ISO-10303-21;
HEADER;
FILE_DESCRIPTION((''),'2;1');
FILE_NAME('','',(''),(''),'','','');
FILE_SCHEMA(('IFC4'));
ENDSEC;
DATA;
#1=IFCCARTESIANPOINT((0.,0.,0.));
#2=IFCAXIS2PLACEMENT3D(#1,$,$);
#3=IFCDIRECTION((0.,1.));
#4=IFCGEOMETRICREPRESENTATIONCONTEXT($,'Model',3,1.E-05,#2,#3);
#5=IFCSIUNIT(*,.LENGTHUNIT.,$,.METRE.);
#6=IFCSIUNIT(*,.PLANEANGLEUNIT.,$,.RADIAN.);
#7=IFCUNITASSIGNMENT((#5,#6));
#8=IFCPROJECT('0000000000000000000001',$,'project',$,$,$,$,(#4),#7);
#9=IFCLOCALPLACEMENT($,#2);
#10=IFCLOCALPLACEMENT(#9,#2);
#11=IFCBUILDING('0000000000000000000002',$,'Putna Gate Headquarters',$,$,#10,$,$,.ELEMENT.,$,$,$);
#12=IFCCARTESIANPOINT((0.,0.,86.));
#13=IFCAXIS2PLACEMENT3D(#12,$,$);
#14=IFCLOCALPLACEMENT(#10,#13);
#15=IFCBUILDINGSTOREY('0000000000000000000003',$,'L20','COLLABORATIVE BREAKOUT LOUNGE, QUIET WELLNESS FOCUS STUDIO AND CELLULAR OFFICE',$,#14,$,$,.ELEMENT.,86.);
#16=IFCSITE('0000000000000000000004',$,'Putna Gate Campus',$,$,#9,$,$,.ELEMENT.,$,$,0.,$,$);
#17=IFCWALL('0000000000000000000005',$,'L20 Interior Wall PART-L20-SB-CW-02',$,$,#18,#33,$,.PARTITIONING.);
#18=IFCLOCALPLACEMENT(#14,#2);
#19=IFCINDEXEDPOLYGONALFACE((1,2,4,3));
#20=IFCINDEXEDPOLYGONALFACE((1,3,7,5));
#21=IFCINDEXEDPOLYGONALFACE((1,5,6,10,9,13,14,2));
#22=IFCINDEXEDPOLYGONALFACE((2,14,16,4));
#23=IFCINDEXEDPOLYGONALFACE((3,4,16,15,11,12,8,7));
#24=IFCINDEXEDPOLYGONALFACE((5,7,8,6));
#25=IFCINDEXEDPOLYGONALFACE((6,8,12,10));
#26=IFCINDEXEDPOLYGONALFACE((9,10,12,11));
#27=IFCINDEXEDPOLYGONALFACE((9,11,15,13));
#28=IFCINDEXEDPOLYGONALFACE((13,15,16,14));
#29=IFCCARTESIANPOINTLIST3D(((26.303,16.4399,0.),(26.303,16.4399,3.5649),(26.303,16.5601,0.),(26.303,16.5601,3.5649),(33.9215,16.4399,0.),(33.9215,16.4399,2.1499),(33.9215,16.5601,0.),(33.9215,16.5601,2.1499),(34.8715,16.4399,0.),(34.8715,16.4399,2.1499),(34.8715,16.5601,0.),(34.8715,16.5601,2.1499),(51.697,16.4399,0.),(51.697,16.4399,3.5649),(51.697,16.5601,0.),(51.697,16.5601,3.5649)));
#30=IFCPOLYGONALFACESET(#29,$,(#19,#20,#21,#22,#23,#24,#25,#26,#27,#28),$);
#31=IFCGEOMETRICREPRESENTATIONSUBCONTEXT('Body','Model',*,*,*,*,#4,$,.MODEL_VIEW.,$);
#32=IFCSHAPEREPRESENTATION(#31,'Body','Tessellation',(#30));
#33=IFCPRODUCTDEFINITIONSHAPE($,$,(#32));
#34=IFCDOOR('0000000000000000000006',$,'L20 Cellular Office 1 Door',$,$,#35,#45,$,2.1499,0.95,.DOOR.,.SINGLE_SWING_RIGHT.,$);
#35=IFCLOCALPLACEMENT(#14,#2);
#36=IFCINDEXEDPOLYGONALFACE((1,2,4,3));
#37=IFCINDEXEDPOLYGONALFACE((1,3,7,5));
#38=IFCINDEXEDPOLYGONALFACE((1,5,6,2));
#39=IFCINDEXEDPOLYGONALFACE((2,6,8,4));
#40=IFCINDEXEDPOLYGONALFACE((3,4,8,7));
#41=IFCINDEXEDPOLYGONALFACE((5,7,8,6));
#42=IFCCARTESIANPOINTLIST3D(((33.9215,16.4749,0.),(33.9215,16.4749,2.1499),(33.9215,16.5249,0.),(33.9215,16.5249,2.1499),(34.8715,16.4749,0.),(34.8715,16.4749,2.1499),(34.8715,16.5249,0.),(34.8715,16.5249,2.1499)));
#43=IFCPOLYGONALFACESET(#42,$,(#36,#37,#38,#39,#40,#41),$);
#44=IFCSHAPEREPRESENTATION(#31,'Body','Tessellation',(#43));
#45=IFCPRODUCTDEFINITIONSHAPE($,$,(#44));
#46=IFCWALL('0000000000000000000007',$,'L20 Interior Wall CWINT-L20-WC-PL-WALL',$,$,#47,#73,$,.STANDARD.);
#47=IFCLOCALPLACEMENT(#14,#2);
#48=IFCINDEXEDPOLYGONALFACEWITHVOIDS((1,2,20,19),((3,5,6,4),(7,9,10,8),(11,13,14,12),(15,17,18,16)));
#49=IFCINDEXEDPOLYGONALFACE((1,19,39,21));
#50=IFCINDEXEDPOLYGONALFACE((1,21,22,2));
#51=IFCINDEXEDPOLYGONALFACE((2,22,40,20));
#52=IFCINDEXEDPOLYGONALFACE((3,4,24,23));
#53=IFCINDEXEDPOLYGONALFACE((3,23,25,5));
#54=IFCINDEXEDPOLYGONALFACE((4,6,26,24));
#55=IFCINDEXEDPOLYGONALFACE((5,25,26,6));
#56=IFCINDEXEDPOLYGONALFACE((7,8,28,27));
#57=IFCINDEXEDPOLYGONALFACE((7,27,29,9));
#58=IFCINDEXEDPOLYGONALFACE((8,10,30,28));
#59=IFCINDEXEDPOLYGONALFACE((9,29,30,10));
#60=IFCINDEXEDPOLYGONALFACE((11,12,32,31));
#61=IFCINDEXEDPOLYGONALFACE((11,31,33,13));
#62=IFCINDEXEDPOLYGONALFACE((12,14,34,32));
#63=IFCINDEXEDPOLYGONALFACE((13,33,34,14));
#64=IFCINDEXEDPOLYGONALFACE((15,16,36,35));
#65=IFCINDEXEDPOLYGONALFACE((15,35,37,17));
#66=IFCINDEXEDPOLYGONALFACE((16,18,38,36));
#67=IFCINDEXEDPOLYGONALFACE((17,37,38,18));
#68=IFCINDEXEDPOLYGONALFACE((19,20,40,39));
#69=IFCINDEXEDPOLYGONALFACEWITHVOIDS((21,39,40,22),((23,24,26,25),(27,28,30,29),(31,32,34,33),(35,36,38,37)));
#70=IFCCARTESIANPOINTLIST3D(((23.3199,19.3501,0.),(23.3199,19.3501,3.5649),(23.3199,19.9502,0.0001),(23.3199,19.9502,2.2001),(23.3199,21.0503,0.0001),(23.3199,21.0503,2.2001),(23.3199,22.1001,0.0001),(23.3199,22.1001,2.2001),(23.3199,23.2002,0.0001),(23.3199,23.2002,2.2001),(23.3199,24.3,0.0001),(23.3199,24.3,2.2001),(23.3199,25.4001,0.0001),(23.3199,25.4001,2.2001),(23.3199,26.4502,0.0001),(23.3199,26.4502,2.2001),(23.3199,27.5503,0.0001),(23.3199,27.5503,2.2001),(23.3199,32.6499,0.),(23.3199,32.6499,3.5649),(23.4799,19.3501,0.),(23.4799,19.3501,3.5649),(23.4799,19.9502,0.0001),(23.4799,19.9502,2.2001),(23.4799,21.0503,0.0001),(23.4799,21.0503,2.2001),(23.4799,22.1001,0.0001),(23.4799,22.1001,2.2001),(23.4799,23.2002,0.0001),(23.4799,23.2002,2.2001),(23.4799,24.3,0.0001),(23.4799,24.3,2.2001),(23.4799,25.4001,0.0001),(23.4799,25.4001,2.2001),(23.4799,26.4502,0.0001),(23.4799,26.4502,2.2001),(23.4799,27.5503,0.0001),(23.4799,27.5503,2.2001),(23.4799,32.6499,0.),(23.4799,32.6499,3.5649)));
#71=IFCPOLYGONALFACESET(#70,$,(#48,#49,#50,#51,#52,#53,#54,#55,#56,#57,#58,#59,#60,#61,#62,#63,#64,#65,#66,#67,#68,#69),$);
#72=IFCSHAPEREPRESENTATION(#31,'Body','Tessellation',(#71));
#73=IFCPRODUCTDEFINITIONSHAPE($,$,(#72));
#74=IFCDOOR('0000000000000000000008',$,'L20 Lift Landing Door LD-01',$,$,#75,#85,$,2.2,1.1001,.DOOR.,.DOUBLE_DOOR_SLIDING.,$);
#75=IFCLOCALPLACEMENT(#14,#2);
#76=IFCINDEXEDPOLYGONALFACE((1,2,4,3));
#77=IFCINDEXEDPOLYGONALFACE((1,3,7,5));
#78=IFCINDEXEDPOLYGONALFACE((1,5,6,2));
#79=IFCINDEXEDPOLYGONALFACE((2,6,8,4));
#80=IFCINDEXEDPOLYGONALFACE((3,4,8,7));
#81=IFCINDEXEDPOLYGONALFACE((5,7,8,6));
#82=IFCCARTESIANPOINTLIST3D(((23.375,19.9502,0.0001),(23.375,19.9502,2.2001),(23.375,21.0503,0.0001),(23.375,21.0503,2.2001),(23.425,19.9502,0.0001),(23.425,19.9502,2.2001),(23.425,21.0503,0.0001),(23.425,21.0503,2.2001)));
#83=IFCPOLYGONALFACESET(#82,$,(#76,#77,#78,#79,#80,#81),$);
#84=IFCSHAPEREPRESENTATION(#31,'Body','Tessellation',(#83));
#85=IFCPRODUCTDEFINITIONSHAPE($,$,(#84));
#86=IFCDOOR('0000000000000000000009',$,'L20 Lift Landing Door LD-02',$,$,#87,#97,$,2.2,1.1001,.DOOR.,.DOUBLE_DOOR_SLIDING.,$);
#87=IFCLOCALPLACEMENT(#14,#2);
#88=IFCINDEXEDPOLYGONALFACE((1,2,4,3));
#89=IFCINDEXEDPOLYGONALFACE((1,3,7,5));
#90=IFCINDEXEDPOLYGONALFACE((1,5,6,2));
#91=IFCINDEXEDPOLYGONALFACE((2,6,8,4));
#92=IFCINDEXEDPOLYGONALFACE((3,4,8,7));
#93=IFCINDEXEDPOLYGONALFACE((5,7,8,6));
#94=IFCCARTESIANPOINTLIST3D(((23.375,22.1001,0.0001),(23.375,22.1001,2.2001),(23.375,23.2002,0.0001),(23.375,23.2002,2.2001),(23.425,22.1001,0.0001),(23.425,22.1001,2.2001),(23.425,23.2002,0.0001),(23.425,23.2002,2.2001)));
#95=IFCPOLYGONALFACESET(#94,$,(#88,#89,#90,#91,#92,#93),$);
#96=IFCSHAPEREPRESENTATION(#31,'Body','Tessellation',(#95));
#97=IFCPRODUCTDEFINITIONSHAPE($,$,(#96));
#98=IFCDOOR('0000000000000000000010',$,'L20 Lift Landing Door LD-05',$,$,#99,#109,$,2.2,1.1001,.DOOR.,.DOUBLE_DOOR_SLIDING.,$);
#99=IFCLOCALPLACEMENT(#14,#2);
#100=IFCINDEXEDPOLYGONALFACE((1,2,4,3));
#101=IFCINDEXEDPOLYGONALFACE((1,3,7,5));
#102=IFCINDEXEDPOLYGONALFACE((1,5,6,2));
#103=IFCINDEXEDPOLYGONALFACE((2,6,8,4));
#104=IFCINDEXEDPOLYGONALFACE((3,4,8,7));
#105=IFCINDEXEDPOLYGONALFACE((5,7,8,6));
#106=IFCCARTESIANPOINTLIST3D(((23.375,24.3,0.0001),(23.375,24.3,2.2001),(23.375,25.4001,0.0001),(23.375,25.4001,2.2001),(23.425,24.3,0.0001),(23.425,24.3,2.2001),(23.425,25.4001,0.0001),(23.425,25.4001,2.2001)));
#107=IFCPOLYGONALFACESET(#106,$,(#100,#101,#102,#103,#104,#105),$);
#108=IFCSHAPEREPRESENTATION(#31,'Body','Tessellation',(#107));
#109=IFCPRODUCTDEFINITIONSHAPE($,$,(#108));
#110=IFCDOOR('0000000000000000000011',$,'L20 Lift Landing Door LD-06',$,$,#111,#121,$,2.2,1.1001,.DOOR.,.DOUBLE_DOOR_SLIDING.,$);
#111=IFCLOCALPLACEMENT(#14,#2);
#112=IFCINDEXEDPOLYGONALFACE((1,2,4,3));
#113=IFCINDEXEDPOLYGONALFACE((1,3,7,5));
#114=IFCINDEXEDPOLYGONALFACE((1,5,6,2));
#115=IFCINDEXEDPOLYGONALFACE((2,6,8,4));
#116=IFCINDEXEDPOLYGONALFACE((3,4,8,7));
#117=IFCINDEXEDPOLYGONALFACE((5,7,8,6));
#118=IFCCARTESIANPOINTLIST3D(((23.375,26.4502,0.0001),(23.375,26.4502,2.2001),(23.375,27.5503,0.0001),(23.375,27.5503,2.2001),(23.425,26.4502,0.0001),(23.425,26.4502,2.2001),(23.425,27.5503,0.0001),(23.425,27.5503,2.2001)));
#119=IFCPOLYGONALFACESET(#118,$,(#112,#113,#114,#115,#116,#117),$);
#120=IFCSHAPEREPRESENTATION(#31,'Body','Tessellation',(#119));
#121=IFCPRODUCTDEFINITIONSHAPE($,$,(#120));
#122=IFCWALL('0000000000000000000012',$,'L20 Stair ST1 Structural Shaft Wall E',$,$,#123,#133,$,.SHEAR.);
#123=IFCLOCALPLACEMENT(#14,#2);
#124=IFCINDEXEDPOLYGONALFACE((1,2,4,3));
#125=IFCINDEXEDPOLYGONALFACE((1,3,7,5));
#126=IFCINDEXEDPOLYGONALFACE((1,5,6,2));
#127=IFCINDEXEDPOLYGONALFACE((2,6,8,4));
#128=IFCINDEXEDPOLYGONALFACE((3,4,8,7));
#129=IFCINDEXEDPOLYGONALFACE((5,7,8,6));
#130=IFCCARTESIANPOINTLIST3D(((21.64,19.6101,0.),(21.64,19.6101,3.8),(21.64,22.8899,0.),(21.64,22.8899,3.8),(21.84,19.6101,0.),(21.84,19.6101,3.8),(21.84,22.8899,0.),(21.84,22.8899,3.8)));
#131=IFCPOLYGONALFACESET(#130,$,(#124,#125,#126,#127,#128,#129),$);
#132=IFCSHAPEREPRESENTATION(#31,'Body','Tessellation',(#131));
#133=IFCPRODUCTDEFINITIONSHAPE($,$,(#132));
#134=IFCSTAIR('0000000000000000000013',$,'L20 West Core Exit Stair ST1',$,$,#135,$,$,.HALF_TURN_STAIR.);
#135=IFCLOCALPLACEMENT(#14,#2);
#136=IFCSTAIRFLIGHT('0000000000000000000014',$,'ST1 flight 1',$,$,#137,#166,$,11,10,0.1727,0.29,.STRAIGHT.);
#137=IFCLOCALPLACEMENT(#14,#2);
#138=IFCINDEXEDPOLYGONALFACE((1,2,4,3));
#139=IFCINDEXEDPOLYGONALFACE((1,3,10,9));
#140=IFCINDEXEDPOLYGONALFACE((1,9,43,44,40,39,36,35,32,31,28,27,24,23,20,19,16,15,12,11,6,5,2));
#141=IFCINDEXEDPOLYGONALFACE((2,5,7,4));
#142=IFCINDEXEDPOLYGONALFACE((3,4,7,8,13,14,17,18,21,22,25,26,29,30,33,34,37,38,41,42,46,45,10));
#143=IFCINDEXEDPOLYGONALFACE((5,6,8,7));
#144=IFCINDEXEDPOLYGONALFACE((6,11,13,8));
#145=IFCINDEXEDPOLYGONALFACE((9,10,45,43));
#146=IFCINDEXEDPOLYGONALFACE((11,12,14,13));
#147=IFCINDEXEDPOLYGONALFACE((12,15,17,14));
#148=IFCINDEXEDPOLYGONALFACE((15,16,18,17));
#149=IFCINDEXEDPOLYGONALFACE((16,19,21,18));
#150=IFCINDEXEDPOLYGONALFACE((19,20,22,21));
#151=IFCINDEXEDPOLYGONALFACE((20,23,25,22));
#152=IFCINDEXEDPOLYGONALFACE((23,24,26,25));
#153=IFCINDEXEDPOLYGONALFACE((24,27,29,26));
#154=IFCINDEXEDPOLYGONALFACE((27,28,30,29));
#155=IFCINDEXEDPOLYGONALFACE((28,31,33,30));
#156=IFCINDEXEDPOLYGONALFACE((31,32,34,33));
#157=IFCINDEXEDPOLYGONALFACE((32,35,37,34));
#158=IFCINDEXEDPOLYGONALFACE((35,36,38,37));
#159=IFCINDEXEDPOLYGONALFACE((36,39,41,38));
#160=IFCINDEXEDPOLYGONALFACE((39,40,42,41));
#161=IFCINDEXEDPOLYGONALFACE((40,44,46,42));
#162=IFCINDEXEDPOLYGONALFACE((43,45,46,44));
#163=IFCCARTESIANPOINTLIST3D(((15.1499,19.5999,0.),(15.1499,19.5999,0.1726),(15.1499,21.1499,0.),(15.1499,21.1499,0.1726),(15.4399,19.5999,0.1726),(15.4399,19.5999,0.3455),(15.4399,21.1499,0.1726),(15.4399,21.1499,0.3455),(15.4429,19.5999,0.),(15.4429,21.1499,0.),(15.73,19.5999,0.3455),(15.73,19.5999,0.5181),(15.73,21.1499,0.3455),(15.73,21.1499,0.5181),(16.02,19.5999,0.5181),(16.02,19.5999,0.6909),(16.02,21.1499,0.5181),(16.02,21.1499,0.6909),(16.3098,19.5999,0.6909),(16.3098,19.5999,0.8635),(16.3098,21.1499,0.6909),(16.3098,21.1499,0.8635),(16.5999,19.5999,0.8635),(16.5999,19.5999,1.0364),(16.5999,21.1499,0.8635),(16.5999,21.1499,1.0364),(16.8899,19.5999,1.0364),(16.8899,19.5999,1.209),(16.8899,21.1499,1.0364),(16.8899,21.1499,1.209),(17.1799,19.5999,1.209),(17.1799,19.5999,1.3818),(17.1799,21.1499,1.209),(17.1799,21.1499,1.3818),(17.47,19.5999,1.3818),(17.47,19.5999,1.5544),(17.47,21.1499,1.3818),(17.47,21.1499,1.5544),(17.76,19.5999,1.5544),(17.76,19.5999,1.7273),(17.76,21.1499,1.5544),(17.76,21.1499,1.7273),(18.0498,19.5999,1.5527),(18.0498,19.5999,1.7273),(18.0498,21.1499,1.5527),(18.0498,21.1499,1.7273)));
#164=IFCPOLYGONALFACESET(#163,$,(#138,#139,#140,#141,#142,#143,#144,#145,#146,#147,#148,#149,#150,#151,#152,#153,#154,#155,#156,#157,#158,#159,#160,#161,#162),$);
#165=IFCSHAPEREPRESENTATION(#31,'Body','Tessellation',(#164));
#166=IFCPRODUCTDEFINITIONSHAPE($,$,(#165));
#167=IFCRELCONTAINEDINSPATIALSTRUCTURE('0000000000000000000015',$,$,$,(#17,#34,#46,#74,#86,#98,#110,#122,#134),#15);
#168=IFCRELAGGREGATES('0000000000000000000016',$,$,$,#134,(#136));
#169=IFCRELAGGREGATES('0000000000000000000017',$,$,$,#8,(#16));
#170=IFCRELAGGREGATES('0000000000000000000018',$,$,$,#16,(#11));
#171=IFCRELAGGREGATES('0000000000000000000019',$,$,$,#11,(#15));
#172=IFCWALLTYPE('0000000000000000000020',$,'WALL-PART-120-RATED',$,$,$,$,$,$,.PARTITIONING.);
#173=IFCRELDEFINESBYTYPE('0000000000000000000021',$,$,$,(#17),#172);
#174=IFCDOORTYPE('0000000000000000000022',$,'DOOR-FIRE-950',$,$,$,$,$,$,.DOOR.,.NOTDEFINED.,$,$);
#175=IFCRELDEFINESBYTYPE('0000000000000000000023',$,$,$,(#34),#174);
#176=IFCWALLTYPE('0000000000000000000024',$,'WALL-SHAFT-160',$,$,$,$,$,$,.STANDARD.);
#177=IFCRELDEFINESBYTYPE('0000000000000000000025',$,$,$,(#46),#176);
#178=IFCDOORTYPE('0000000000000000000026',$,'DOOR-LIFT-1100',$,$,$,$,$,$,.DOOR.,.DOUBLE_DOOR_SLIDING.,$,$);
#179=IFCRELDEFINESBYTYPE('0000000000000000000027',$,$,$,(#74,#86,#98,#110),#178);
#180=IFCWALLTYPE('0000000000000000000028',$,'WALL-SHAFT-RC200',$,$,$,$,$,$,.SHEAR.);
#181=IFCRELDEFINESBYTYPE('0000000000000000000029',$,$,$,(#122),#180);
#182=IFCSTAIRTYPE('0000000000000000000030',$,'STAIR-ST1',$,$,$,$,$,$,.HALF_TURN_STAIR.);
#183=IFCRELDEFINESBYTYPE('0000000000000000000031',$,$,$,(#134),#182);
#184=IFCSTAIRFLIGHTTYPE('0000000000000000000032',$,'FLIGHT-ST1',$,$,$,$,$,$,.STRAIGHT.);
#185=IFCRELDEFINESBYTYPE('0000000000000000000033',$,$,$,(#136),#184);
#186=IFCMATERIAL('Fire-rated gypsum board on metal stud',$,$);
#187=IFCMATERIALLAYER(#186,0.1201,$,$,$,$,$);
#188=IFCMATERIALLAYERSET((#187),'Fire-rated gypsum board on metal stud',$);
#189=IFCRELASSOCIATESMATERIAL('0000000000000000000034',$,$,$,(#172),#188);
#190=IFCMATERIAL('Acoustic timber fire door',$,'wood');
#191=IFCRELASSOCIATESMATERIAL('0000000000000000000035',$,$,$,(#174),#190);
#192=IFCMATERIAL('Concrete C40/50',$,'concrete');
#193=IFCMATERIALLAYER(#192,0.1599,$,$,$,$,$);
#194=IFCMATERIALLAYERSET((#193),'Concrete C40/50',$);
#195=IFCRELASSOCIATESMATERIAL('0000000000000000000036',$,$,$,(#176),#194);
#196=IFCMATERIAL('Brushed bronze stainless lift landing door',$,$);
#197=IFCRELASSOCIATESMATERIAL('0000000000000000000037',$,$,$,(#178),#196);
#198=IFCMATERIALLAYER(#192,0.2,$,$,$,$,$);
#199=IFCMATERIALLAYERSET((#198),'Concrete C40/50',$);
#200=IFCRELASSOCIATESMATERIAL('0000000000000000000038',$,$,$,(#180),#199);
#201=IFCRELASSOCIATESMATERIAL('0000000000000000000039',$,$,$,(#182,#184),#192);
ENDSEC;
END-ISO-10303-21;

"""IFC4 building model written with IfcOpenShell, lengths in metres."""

from ifc_helpers import new_model, si_unit, direction, frame, frame_2d, origin, place, context, subcontext, project, spatial, polyline, rectangle, outline, extrude, material, layer, layer_set, type_object, element, fill, aggregate, save


model = new_model("IFC4")

# Units and contexts
model_context = context("Model", 3, precision=1e-05, world=origin(), true_north=direction((0.0, 1.0)))
body_context = subcontext(model_context, "Body", "Model", "MODEL_VIEW")
ifc_project = project(units=[si_unit("LENGTHUNIT", "METRE"), si_unit("PLANEANGLEUNIT", "RADIAN")], contexts=[model_context])

# Site, building, storey
site_placement = place(None, origin())
site = spatial("IfcSite", under=ifc_project, at=site_placement, Name="Putna Gate Campus", CompositionType="ELEMENT", RefElevation=0.0)
building_placement = place(site_placement, origin())
building = spatial("IfcBuilding", under=site, at=building_placement, Name="Putna Gate Headquarters", CompositionType="ELEMENT")
storey_placement = place(building_placement, frame((0.0, 0.0, 86.0)))
storey = spatial("IfcBuildingStorey", under=building, at=storey_placement, Name="L20", Description="COLLABORATIVE BREAKOUT LOUNGE, QUIET WELLNESS FOCUS STUDIO AND CELLULAR OFFICE", CompositionType="ELEMENT", Elevation=86.0)

# Wall, opening, door
ifc_material_1 = material(Name="Fire-rated gypsum board on metal stud")
ifc_layer_1 = layer(ifc_material_1, 0.1201)
ifc_layer_set_1 = layer_set([ifc_layer_1], Name="Fire-rated gypsum board on metal stud")
wall_type_1 = type_object("IfcWallType", Name="WALL-PART-120-RATED", PredefinedType="PARTITIONING", material=ifc_layer_set_1)
wall_1_placement = place(storey_placement, frame((26.303, 16.5, 0.0), z_axis=(0.0, 0.0, 1.0), x_axis=(1.0, 0.0, 0.0)))
wall_1 = element("IfcWall", 1, at=wall_1_placement, inside=storey, type_object=wall_type_1, Name="L20 Interior Wall PART-L20-SB-CW-02", PredefinedType="PARTITIONING", context=body_context, shape_type="SweptSolid", body=[
    extrude(rectangle(XDim=25.394, YDim=0.1201, at=frame_2d((12.697, 0.0))), origin(), (0.0, 0.0, 1.0), 3.5649),
])
opening_1_placement = place(wall_1_placement, frame((7.6184, 0.0, 0.0)))
opening_1 = element("IfcOpeningElement", 2, at=opening_1_placement, cuts=wall_1, PredefinedType="OPENING", context=body_context, shape_type="SweptSolid", body=[
    extrude(rectangle(XDim=0.95, YDim=2.1499, at=frame_2d((0.4751, 1.075))), frame((0.0, 0.0701, 0.0), z_axis=(0.0, -1.0, 0.0), x_axis=(1.0, 0.0, 0.0)), (0.0, 0.0, 1.0), 0.1401),
])
ifc_material_2 = material(Name="Acoustic timber fire door", Category="wood")
door_type_1 = type_object("IfcDoorType", Name="DOOR-FIRE-950", OperationType="NOTDEFINED", PredefinedType="DOOR", material=ifc_material_2)
door_1_placement = place(opening_1_placement, origin())
door_1 = element("IfcDoor", 3, at=door_1_placement, inside=storey, type_object=door_type_1, Name="L20 Cellular Office 1 Door", OperationType="SINGLE_SWING_RIGHT", OverallHeight=2.1499, OverallWidth=0.95, PredefinedType="DOOR", context=body_context, shape_type="SweptSolid", body=[
    extrude(rectangle(XDim=0.95, YDim=2.1499, at=frame_2d((0.4751, 1.075))), frame((0.0, 0.0249, 0.0), z_axis=(0.0, -1.0, 0.0), x_axis=(1.0, 0.0, 0.0)), (0.0, 0.0, 1.0), 0.05),
])
fill(opening_1, door_1)

# Wall, openings, doors
ifc_material_3 = material(Name="Concrete C40/50", Category="concrete")
ifc_layer_2 = layer(ifc_material_3, 0.1599)
ifc_layer_set_2 = layer_set([ifc_layer_2], Name="Concrete C40/50")
wall_type_2 = type_object("IfcWallType", Name="WALL-SHAFT-160", PredefinedType="STANDARD", material=ifc_layer_set_2)
wall_2_placement = place(storey_placement, frame((23.3999, 19.3501, 0.0), z_axis=(0.0, 0.0, 1.0), x_axis=(0.0, 1.0, 0.0)))
wall_2 = element("IfcWall", 4, at=wall_2_placement, inside=storey, type_object=wall_type_2, Name="L20 Interior Wall CWINT-L20-WC-PL-WALL", PredefinedType="STANDARD", context=body_context, shape_type="SweptSolid", body=[
    extrude(rectangle(XDim=13.2998, YDim=0.1599, at=frame_2d((6.6499, 0.0))), origin(), (0.0, 0.0, 1.0), 3.5649),
])
opening_2_placement = place(wall_2_placement, frame((0.6001, 0.0, 0.0)))
opening_2 = element("IfcOpeningElement", 5, at=opening_2_placement, cuts=wall_2, PredefinedType="OPENING", context=body_context, shape_type="SweptSolid", body=[
    extrude(rectangle(XDim=1.1001, YDim=2.2, at=frame_2d((0.55, 1.1001))), frame((0.0, 0.0898, 0.0), z_axis=(0.0, -1.0, 0.0), x_axis=(1.0, 0.0, 0.0)), (0.0, 0.0, 1.0), 0.1799),
])
opening_3_placement = place(wall_2_placement, frame((2.75, 0.0, 0.0)))
opening_3 = element("IfcOpeningElement", 6, at=opening_3_placement, cuts=wall_2, PredefinedType="OPENING", context=body_context, shape_type="SweptSolid", body=[
    extrude(rectangle(XDim=1.1001, YDim=2.2, at=frame_2d((0.55, 1.1001))), frame((0.0, 0.0898, 0.0), z_axis=(0.0, -1.0, 0.0), x_axis=(1.0, 0.0, 0.0)), (0.0, 0.0, 1.0), 0.1799),
])
opening_4_placement = place(wall_2_placement, frame((4.95, 0.0, 0.0)))
opening_4 = element("IfcOpeningElement", 7, at=opening_4_placement, cuts=wall_2, PredefinedType="OPENING", context=body_context, shape_type="SweptSolid", body=[
    extrude(rectangle(XDim=1.1001, YDim=2.2, at=frame_2d((0.55, 1.1001))), frame((0.0, 0.0898, 0.0), z_axis=(0.0, -1.0, 0.0), x_axis=(1.0, 0.0, 0.0)), (0.0, 0.0, 1.0), 0.1799),
])
opening_5_placement = place(wall_2_placement, frame((7.1001, 0.0, 0.0)))
opening_5 = element("IfcOpeningElement", 8, at=opening_5_placement, cuts=wall_2, PredefinedType="OPENING", context=body_context, shape_type="SweptSolid", body=[
    extrude(rectangle(XDim=1.1001, YDim=2.2, at=frame_2d((0.55, 1.1001))), frame((0.0, 0.0898, 0.0), z_axis=(0.0, -1.0, 0.0), x_axis=(1.0, 0.0, 0.0)), (0.0, 0.0, 1.0), 0.1799),
])
ifc_material_4 = material(Name="Brushed bronze stainless lift landing door")
door_type_2 = type_object("IfcDoorType", Name="DOOR-LIFT-1100", OperationType="DOUBLE_DOOR_SLIDING", PredefinedType="DOOR", material=ifc_material_4)
door_2_placement = place(opening_2_placement, origin())
door_2 = element("IfcDoor", 9, at=door_2_placement, inside=storey, type_object=door_type_2, Name="L20 Lift Landing Door LD-01", OperationType="DOUBLE_DOOR_SLIDING", OverallHeight=2.2, OverallWidth=1.1001, PredefinedType="DOOR", context=body_context, shape_type="SweptSolid", body=[
    extrude(rectangle(XDim=1.1001, YDim=2.2, at=frame_2d((0.55, 1.1001))), frame((0.0, 0.0249, 0.0), z_axis=(0.0, -1.0, 0.0), x_axis=(1.0, 0.0, 0.0)), (0.0, 0.0, 1.0), 0.05),
])
fill(opening_2, door_2)
door_3_placement = place(opening_3_placement, origin())
door_3 = element("IfcDoor", 10, at=door_3_placement, inside=storey, type_object=door_type_2, Name="L20 Lift Landing Door LD-02", OperationType="DOUBLE_DOOR_SLIDING", OverallHeight=2.2, OverallWidth=1.1001, PredefinedType="DOOR", context=body_context, shape_type="SweptSolid", body=[
    extrude(rectangle(XDim=1.1001, YDim=2.2, at=frame_2d((0.55, 1.1001))), frame((0.0, 0.0249, 0.0), z_axis=(0.0, -1.0, 0.0), x_axis=(1.0, 0.0, 0.0)), (0.0, 0.0, 1.0), 0.05),
])
fill(opening_3, door_3)
door_4_placement = place(opening_4_placement, origin())
door_4 = element("IfcDoor", 11, at=door_4_placement, inside=storey, type_object=door_type_2, Name="L20 Lift Landing Door LD-05", OperationType="DOUBLE_DOOR_SLIDING", OverallHeight=2.2, OverallWidth=1.1001, PredefinedType="DOOR", context=body_context, shape_type="SweptSolid", body=[
    extrude(rectangle(XDim=1.1001, YDim=2.2, at=frame_2d((0.55, 1.1001))), frame((0.0, 0.0249, 0.0), z_axis=(0.0, -1.0, 0.0), x_axis=(1.0, 0.0, 0.0)), (0.0, 0.0, 1.0), 0.05),
])
fill(opening_4, door_4)
door_5_placement = place(opening_5_placement, origin())
door_5 = element("IfcDoor", 12, at=door_5_placement, inside=storey, type_object=door_type_2, Name="L20 Lift Landing Door LD-06", OperationType="DOUBLE_DOOR_SLIDING", OverallHeight=2.2, OverallWidth=1.1001, PredefinedType="DOOR", context=body_context, shape_type="SweptSolid", body=[
    extrude(rectangle(XDim=1.1001, YDim=2.2, at=frame_2d((0.55, 1.1001))), frame((0.0, 0.0249, 0.0), z_axis=(0.0, -1.0, 0.0), x_axis=(1.0, 0.0, 0.0)), (0.0, 0.0, 1.0), 0.05),
])
fill(opening_5, door_5)

# Wall
ifc_layer_3 = layer(ifc_material_3, 0.2)
ifc_layer_set_3 = layer_set([ifc_layer_3], Name="Concrete C40/50")
wall_type_3 = type_object("IfcWallType", Name="WALL-SHAFT-RC200", PredefinedType="SHEAR", material=ifc_layer_set_3)
wall_3_placement = place(storey_placement, frame((21.74, 19.6101, 0.0), z_axis=(0.0, 0.0, 1.0), x_axis=(0.0, 1.0, 0.0)))
element("IfcWall", 13, at=wall_3_placement, inside=storey, type_object=wall_type_3, Name="L20 Stair ST1 Structural Shaft Wall E", PredefinedType="SHEAR", context=body_context, shape_type="SweptSolid", body=[
    extrude(rectangle(XDim=3.2798, YDim=0.2, at=frame_2d((1.6399, 0.0))), origin(), (0.0, 0.0, 1.0), 3.8),
])

# Stair, stair flight
stair_type = type_object("IfcStairType", Name="STAIR-ST1", PredefinedType="HALF_TURN_STAIR", material=ifc_material_3)
stair_placement = place(storey_placement, origin())
stair = element("IfcStair", 14, at=stair_placement, inside=storey, type_object=stair_type, Name="L20 West Core Exit Stair ST1", PredefinedType="HALF_TURN_STAIR")
stair_flight_type = type_object("IfcStairFlightType", Name="FLIGHT-ST1", PredefinedType="STRAIGHT", material=ifc_material_3)
stair_flight_placement = place(storey_placement, frame((15.1499, 20.375, 0.0), z_axis=(0.0, 0.0, 1.0), x_axis=(1.0, 0.0, 0.0)))
stair_flight = element("IfcStairFlight", 15, at=stair_flight_placement, type_object=stair_flight_type, Name="ST1 flight 1", NumberOfRisers=11, NumberOfTreads=10, PredefinedType="STRAIGHT", RiserHeight=0.1727, TreadLength=0.29, context=body_context, shape_type="SweptSolid", body=[
    extrude(outline(polyline([(0.0, 0.0), (0.0, 0.1726), (0.29, 0.1726), (0.29, 0.3455), (0.5801, 0.3455), (0.5801, 0.5181), (0.8701, 0.5181), (0.8701, 0.6909), (1.1599, 0.6909), (1.1599, 0.8635), (1.45, 0.8635), (1.45, 1.0364), (1.74, 1.0364), (1.74, 1.209), (2.03, 1.209), (2.03, 1.3818), (2.3201, 1.3818), (2.3201, 1.5544), (2.6101, 1.5544), (2.6101, 1.7273), (2.8999, 1.7273), (2.8999, 1.8999), (2.8999, 1.5527), (0.293, 0.0), (0.0, 0.0)])), frame((0.0, 0.7749, 0.0), z_axis=(0.0, -1.0, 0.0), x_axis=(1.0, 0.0, 0.0)), (0.0, 0.0, 1.0), 1.55),
])
aggregate(stair, [stair_flight])

save(model, "model.ifc")
